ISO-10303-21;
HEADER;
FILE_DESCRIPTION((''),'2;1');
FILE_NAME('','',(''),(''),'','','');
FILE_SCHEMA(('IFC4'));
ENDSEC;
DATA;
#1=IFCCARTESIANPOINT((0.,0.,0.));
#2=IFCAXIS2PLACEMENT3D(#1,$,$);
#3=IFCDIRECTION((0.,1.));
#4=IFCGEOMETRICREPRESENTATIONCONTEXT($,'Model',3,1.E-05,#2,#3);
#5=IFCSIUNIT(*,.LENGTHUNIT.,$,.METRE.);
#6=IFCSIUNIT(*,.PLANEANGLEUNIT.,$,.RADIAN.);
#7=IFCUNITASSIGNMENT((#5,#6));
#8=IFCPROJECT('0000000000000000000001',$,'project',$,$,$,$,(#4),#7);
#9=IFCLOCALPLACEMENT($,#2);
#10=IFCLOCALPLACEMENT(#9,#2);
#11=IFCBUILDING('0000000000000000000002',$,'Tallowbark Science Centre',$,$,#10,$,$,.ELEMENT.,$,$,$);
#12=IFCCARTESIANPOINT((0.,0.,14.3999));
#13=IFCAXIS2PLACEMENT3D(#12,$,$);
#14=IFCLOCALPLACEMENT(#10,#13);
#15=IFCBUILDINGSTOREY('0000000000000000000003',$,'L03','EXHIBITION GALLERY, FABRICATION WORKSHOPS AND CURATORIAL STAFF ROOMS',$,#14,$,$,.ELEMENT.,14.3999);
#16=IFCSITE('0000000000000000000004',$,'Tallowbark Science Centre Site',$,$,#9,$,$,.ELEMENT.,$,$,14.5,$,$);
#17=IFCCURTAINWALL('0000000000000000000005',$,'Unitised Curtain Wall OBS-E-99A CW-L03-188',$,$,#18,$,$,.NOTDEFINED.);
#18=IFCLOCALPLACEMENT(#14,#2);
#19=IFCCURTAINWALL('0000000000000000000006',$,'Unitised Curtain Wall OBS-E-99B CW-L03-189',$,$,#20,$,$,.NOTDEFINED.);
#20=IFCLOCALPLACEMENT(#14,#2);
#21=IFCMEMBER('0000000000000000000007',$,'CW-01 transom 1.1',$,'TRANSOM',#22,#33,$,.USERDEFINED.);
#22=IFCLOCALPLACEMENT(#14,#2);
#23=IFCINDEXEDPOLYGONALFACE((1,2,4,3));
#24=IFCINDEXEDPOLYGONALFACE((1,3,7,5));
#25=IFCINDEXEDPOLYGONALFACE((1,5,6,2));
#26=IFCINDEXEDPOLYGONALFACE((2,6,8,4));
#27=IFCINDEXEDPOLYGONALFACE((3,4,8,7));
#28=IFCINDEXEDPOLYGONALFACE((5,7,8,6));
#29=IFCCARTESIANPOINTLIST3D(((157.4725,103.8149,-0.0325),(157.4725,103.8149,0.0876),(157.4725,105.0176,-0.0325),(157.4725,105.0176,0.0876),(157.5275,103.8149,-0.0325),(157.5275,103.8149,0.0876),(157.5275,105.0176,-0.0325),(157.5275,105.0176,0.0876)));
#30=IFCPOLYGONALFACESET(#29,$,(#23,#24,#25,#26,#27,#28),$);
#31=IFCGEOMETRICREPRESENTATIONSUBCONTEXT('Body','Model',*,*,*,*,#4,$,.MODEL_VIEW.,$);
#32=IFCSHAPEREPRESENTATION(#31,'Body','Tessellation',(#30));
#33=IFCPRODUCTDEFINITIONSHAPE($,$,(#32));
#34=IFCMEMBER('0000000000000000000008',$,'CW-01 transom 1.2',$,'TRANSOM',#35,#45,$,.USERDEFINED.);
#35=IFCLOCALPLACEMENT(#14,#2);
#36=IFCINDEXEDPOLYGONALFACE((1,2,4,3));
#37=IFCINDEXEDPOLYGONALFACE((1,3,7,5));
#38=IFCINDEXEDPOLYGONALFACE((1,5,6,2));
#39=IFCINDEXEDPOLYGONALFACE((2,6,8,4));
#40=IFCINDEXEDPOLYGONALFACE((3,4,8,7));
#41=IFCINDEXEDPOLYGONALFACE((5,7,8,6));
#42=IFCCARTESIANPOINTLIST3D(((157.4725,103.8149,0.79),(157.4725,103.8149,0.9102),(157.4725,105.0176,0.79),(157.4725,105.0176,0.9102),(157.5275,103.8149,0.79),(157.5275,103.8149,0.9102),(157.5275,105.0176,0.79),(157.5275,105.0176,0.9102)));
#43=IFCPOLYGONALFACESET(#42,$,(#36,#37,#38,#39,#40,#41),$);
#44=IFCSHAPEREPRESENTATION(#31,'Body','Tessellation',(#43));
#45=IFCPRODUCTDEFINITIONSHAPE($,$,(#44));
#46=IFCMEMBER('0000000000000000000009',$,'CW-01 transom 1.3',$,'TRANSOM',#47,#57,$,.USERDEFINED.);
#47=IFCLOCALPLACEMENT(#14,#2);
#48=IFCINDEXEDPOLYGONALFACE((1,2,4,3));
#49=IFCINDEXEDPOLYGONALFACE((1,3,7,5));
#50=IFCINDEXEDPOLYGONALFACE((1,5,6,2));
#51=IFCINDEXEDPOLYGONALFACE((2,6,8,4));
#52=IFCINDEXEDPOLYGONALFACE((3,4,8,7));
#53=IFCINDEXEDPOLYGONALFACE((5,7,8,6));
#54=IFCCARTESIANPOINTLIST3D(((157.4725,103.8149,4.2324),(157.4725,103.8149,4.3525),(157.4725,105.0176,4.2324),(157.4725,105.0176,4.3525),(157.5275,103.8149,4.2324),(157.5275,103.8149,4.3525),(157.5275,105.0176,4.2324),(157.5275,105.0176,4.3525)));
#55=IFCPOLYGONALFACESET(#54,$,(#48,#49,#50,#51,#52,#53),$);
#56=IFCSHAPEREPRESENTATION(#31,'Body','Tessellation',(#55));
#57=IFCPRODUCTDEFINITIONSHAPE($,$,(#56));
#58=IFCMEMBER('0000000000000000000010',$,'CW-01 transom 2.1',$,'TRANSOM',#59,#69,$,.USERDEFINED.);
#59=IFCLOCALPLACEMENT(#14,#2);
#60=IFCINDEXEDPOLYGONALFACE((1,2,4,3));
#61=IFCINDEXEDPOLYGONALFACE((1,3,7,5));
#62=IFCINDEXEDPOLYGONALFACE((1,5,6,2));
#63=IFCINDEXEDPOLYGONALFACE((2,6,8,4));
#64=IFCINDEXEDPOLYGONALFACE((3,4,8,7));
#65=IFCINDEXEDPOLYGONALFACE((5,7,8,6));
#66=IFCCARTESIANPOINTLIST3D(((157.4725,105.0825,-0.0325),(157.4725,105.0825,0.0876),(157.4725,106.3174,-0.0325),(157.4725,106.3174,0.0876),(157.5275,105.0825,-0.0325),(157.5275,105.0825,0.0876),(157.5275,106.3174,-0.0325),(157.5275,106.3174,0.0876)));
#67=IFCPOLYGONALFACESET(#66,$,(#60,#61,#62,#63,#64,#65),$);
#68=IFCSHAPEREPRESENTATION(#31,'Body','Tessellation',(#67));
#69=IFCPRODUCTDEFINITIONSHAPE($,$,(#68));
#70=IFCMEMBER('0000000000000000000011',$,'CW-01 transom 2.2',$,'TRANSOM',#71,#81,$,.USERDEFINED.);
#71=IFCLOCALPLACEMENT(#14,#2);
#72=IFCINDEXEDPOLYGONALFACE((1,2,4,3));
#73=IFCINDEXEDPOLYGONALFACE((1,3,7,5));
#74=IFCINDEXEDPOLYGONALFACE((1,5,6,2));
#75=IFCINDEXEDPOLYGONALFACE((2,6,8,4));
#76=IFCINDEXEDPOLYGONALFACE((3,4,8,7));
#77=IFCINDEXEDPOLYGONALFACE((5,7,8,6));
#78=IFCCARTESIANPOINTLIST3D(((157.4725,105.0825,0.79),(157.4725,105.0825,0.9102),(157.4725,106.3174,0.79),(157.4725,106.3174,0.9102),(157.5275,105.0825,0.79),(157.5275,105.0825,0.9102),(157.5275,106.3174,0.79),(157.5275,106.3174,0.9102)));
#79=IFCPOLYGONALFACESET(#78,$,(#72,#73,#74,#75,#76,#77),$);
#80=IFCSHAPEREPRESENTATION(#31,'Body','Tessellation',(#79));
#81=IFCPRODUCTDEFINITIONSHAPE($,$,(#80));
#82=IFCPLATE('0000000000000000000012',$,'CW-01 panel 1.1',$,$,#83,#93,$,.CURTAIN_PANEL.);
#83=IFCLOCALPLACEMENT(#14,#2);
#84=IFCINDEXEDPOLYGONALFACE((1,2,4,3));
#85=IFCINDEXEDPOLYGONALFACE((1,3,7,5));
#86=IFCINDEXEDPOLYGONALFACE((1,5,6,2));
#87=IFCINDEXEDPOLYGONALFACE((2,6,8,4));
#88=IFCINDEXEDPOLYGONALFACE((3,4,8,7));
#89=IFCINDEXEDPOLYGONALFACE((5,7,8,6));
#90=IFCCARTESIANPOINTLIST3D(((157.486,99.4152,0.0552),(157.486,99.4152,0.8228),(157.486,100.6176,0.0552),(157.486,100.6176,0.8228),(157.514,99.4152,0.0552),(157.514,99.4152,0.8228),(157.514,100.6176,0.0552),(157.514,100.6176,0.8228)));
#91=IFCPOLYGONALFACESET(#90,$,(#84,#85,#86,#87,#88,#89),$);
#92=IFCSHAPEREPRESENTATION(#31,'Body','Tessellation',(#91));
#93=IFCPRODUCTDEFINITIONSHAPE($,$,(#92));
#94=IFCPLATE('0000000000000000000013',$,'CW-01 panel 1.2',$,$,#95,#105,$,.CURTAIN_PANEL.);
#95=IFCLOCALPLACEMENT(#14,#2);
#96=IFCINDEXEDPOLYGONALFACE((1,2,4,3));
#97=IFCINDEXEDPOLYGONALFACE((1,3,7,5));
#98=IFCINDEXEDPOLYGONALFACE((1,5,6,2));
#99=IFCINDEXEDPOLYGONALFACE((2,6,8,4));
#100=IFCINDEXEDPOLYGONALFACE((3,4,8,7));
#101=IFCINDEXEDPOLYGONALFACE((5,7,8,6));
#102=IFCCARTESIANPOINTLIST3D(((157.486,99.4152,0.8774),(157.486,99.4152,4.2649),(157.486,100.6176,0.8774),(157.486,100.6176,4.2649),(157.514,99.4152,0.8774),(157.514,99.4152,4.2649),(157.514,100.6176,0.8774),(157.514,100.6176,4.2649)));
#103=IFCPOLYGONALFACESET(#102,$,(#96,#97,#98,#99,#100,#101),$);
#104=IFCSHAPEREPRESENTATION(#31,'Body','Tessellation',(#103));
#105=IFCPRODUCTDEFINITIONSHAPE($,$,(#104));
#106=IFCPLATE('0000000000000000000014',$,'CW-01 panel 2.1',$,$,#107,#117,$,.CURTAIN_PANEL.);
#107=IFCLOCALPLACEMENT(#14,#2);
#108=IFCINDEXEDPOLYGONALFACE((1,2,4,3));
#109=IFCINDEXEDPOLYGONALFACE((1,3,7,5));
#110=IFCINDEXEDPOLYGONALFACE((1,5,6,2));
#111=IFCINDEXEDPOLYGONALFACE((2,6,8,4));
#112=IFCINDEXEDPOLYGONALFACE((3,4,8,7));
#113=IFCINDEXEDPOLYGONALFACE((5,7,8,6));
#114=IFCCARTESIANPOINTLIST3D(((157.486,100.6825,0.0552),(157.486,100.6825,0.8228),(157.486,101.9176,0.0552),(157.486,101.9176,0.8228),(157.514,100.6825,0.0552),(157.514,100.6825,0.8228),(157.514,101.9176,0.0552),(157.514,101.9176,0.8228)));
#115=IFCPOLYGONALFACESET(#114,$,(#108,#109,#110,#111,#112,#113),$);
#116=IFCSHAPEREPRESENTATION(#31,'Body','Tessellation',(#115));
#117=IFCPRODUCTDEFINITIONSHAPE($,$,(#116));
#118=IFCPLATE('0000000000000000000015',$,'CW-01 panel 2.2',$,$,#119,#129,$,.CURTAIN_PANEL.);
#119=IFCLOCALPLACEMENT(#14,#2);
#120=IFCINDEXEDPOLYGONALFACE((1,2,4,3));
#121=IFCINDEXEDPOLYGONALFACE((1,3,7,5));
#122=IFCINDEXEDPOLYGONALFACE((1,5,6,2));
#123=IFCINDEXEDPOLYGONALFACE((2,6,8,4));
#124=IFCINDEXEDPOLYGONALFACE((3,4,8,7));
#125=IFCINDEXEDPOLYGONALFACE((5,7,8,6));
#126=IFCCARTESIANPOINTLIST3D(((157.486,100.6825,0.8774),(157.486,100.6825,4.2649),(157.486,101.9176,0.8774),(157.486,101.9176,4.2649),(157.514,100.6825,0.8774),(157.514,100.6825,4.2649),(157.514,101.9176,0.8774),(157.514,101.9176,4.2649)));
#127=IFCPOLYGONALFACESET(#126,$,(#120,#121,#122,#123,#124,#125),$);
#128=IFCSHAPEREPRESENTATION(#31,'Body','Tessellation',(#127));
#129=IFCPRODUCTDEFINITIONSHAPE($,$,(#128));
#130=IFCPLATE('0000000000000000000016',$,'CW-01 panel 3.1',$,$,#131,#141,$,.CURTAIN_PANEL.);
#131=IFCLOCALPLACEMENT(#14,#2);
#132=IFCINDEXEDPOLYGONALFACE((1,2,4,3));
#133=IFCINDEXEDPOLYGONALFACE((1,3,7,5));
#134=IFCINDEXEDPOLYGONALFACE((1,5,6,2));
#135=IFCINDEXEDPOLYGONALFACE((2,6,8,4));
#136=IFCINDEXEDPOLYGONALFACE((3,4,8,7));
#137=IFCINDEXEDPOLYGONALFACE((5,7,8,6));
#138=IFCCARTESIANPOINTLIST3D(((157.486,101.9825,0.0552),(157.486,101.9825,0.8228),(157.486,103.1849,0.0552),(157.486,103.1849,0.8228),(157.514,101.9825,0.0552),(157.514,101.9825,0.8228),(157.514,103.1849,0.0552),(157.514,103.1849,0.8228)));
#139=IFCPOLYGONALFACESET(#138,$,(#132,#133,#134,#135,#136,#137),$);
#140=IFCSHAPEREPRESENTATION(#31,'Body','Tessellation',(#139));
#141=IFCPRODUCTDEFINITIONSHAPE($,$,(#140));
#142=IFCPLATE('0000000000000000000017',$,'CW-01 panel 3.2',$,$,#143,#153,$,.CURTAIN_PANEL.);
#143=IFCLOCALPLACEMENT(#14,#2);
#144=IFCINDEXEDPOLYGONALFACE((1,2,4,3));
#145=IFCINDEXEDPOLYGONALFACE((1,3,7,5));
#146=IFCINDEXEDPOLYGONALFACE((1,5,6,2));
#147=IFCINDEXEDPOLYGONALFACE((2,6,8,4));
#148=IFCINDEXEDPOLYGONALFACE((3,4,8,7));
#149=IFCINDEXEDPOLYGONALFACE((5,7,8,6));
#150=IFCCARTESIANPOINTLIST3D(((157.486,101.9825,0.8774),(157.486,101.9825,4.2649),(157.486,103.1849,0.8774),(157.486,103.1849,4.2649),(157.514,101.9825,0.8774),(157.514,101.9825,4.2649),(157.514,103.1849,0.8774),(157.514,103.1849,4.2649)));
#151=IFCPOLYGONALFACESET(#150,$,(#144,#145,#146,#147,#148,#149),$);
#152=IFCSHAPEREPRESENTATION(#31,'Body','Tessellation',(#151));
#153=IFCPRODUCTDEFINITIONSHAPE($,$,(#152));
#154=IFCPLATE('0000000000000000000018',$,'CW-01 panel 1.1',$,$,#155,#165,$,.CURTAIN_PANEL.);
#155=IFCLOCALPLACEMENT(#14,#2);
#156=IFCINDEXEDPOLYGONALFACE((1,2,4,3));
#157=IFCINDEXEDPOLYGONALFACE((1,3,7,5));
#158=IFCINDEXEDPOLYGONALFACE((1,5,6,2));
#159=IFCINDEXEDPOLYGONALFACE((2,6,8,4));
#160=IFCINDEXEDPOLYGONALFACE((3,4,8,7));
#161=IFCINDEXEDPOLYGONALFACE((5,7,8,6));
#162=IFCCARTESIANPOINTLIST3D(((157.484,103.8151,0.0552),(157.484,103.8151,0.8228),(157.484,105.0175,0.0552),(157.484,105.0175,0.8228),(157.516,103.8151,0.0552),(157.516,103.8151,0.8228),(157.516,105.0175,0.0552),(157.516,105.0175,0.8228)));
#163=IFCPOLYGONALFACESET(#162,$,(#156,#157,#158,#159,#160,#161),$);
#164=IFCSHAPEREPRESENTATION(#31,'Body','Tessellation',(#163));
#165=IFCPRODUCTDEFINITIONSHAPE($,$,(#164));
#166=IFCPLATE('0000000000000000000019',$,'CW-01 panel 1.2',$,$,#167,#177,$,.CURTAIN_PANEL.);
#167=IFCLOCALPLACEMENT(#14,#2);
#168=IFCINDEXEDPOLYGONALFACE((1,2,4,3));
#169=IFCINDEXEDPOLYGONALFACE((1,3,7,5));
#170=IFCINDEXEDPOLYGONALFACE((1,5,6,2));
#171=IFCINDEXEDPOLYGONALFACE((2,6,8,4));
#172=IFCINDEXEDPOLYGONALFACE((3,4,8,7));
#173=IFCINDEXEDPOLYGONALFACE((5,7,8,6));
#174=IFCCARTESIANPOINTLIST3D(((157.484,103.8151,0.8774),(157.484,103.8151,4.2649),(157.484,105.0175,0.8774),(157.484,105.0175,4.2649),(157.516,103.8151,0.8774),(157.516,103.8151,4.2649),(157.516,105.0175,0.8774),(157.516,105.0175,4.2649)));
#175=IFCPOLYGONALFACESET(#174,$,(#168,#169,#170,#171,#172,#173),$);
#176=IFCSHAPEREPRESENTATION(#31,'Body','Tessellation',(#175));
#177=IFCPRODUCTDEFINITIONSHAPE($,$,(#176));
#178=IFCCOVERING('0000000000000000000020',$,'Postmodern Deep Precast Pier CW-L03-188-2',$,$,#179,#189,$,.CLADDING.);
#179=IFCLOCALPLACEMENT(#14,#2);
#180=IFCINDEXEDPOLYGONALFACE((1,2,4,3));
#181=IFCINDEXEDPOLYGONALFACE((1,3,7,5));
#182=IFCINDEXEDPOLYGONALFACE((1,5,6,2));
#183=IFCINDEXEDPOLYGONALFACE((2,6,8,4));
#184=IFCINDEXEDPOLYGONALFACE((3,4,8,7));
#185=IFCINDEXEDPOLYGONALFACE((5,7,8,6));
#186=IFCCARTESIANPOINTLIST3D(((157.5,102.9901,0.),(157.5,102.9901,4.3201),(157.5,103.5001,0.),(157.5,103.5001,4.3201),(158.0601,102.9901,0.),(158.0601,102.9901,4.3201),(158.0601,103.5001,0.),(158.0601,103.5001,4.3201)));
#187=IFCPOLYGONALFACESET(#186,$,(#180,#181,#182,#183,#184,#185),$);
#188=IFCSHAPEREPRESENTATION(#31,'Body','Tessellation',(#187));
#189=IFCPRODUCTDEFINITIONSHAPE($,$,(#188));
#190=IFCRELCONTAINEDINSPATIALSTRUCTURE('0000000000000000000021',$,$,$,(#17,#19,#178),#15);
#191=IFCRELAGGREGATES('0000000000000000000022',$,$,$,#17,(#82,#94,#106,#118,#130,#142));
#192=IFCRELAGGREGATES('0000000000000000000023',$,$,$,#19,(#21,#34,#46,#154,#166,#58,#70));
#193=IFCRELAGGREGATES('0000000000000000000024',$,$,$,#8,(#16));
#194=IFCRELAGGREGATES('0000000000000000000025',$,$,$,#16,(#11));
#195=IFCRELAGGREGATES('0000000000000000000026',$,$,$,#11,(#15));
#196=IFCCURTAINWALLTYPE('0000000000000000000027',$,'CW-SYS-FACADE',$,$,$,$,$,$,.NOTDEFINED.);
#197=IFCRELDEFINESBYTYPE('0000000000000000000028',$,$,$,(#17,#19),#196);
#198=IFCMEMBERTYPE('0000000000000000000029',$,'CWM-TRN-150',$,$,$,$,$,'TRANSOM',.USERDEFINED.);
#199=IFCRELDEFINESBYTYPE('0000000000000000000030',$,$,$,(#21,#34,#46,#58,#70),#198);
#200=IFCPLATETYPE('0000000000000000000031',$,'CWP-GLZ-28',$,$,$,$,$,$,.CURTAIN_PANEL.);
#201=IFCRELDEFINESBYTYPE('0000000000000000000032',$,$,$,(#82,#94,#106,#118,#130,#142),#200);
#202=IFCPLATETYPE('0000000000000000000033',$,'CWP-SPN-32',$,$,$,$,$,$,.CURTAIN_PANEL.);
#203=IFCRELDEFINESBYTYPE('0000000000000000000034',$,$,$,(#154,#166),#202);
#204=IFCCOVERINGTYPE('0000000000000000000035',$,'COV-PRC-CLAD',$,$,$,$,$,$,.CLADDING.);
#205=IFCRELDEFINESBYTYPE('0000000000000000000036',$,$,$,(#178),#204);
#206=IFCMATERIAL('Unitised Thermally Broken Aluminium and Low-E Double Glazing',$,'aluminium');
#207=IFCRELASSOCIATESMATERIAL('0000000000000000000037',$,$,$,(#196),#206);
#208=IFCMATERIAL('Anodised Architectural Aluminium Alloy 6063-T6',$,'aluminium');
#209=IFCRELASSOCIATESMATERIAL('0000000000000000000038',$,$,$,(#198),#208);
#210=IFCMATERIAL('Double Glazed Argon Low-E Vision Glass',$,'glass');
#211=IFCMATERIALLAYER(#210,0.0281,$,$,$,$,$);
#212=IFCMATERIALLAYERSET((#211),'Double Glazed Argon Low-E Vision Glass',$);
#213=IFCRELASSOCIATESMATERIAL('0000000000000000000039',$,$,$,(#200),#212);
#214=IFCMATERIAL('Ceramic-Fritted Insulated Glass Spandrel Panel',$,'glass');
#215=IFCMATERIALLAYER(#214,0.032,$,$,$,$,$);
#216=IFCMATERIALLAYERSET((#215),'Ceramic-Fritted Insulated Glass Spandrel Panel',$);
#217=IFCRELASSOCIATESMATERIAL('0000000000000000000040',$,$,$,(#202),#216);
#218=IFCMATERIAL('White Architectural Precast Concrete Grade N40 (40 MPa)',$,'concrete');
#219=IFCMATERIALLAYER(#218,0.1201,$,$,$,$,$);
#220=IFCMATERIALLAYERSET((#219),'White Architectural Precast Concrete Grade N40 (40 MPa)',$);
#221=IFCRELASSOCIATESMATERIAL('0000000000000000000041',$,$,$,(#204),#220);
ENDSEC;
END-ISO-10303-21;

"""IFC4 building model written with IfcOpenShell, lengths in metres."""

from ifc_helpers import new_model, si_unit, direction, frame, origin, origin_2d, place, context, subcontext, project, spatial, rectangle, extrude, material, layer, layer_set, material_profile, profile_set, type_object, element, aggregate, save


model = new_model("IFC4")

# Units and contexts
model_context = context("Model", 3, precision=1e-05, world=origin(), true_north=direction((0.0, 1.0)))
body_context = subcontext(model_context, "Body", "Model", "MODEL_VIEW")
ifc_project = project(units=[si_unit("LENGTHUNIT", "METRE"), si_unit("PLANEANGLEUNIT", "RADIAN")], contexts=[model_context])

# Site, building, storey
site_placement = place(None, origin())
site = spatial("IfcSite", under=ifc_project, at=site_placement, Name="Tallowbark Science Centre Site", CompositionType="ELEMENT", RefElevation=14.5)
building_placement = place(site_placement, origin())
building = spatial("IfcBuilding", under=site, at=building_placement, Name="Tallowbark Science Centre", CompositionType="ELEMENT")
storey_placement = place(building_placement, frame((0.0, 0.0, 14.3999)))
storey = spatial("IfcBuildingStorey", under=building, at=storey_placement, Name="L03", Description="EXHIBITION GALLERY, FABRICATION WORKSHOPS AND CURATORIAL STAFF ROOMS", CompositionType="ELEMENT", Elevation=14.3999)

# Curtain walls
ifc_material_1 = material(Name="Unitised Thermally Broken Aluminium and Low-E Double Glazing", Category="aluminium")
curtain_wall_type = type_object("IfcCurtainWallType", Name="CW-SYS-FACADE", PredefinedType="NOTDEFINED", material=ifc_material_1)
curtain_wall_1_placement = place(storey_placement, origin())
curtain_wall_1 = element("IfcCurtainWall", 1, at=curtain_wall_1_placement, inside=storey, type_object=curtain_wall_type, Name="Unitised Curtain Wall OBS-E-99A CW-L03-188", PredefinedType="NOTDEFINED")
ifc_material_2 = material(Name="Anodised Architectural Aluminium Alloy 6063-T6", Category="aluminium")
curtain_wall_2_placement = place(storey_placement, origin())
curtain_wall_2 = element("IfcCurtainWall", 2, at=curtain_wall_2_placement, inside=storey, type_object=curtain_wall_type, Name="Unitised Curtain Wall OBS-E-99B CW-L03-189", PredefinedType="NOTDEFINED")

# Members
ifc_material_profile_1 = material_profile(ifc_material_2, rectangle(XDim=0.0549, YDim=0.1201, at=origin_2d()), Name="ALU55x120")
ifc_profile_set_1 = profile_set([ifc_material_profile_1], Name="Anodised Architectural Aluminium Alloy 6063-T6")
member_type_1 = type_object("IfcMemberType", Name="CWM-TRN-150", ElementType="TRANSOM", PredefinedType="USERDEFINED", material=ifc_profile_set_1)
member_1_placement = place(storey_placement, frame((157.5, 103.8149, 0.0276), z_axis=(0.0, 1.0, 0.0), x_axis=(-1.0, 0.0, 0.0)))
member_1 = element("IfcMember", 3, at=member_1_placement, type_object=member_type_1, Name="CW-01 transom 1.1", ObjectType="TRANSOM", PredefinedType="USERDEFINED", context=body_context, shape_type="SweptSolid", body=[
    extrude(rectangle(XDim=0.0549, YDim=0.1201, at=origin_2d()), origin(), (0.0, 0.0, 1.0), 1.2026),
])
member_2_placement = place(storey_placement, frame((157.5, 103.8149, 0.8501), z_axis=(0.0, 1.0, 0.0), x_axis=(-1.0, 0.0, 0.0)))
member_2 = element("IfcMember", 4, at=member_2_placement, type_object=member_type_1, Name="CW-01 transom 1.2", ObjectType="TRANSOM", PredefinedType="USERDEFINED", context=body_context, shape_type="SweptSolid", body=[
    extrude(rectangle(XDim=0.0549, YDim=0.1201, at=origin_2d()), origin(), (0.0, 0.0, 1.0), 1.2026),
])
member_3_placement = place(storey_placement, frame((157.5, 103.8149, 4.2925), z_axis=(0.0, 1.0, 0.0), x_axis=(-1.0, 0.0, 0.0)))
member_3 = element("IfcMember", 5, at=member_3_placement, type_object=member_type_1, Name="CW-01 transom 1.3", ObjectType="TRANSOM", PredefinedType="USERDEFINED", context=body_context, shape_type="SweptSolid", body=[
    extrude(rectangle(XDim=0.0549, YDim=0.1201, at=origin_2d()), origin(), (0.0, 0.0, 1.0), 1.2026),
])
member_4_placement = place(storey_placement, frame((157.5, 105.0825, 0.0276), z_axis=(0.0, 1.0, 0.0), x_axis=(-1.0, 0.0, 0.0)))
member_4 = element("IfcMember", 6, at=member_4_placement, type_object=member_type_1, Name="CW-01 transom 2.1", ObjectType="TRANSOM", PredefinedType="USERDEFINED", context=body_context, shape_type="SweptSolid", body=[
    extrude(rectangle(XDim=0.0549, YDim=0.1201, at=origin_2d()), origin(), (0.0, 0.0, 1.0), 1.2349),
])
member_5_placement = place(storey_placement, frame((157.5, 105.0825, 0.8501), z_axis=(0.0, 1.0, 0.0), x_axis=(-1.0, 0.0, 0.0)))
member_5 = element("IfcMember", 7, at=member_5_placement, type_object=member_type_1, Name="CW-01 transom 2.2", ObjectType="TRANSOM", PredefinedType="USERDEFINED", context=body_context, shape_type="SweptSolid", body=[
    extrude(rectangle(XDim=0.0549, YDim=0.1201, at=origin_2d()), origin(), (0.0, 0.0, 1.0), 1.2349),
])

# Plates
ifc_material_3 = material(Name="Double Glazed Argon Low-E Vision Glass", Category="glass")
ifc_layer_1 = layer(ifc_material_3, 0.0281)
ifc_layer_set_1 = layer_set([ifc_layer_1], Name="Double Glazed Argon Low-E Vision Glass")
plate_type_1 = type_object("IfcPlateType", Name="CWP-GLZ-28", PredefinedType="CURTAIN_PANEL", material=ifc_layer_set_1)
plate_1_placement = place(storey_placement, frame((157.5, 100.0164, 0.0552), z_axis=(0.0, 0.0, 1.0), x_axis=(0.0, 1.0, 0.0)))
plate_1 = element("IfcPlate", 8, at=plate_1_placement, type_object=plate_type_1, Name="CW-01 panel 1.1", PredefinedType="CURTAIN_PANEL", context=body_context, shape_type="SweptSolid", body=[
    extrude(rectangle(XDim=1.2024, YDim=0.0281, at=origin_2d()), origin(), (0.0, 0.0, 1.0), 0.7676),
])
plate_2_placement = place(storey_placement, frame((157.5, 100.0164, 0.8774), z_axis=(0.0, 0.0, 1.0), x_axis=(0.0, 1.0, 0.0)))
plate_2 = element("IfcPlate", 9, at=plate_2_placement, type_object=plate_type_1, Name="CW-01 panel 1.2", PredefinedType="CURTAIN_PANEL", context=body_context, shape_type="SweptSolid", body=[
    extrude(rectangle(XDim=1.2024, YDim=0.0281, at=origin_2d()), origin(), (0.0, 0.0, 1.0), 3.3875),
])
plate_3_placement = place(storey_placement, frame((157.5, 101.3, 0.0552), z_axis=(0.0, 0.0, 1.0), x_axis=(0.0, 1.0, 0.0)))
plate_3 = element("IfcPlate", 10, at=plate_3_placement, type_object=plate_type_1, Name="CW-01 panel 2.1", PredefinedType="CURTAIN_PANEL", context=body_context, shape_type="SweptSolid", body=[
    extrude(rectangle(XDim=1.2351, YDim=0.0281, at=origin_2d()), origin(), (0.0, 0.0, 1.0), 0.7676),
])
plate_4_placement = place(storey_placement, frame((157.5, 101.3, 0.8774), z_axis=(0.0, 0.0, 1.0), x_axis=(0.0, 1.0, 0.0)))
plate_4 = element("IfcPlate", 11, at=plate_4_placement, type_object=plate_type_1, Name="CW-01 panel 2.2", PredefinedType="CURTAIN_PANEL", context=body_context, shape_type="SweptSolid", body=[
    extrude(rectangle(XDim=1.2351, YDim=0.0281, at=origin_2d()), origin(), (0.0, 0.0, 1.0), 3.3875),
])
plate_5_placement = place(storey_placement, frame((157.5, 102.5837, 0.0552), z_axis=(0.0, 0.0, 1.0), x_axis=(0.0, 1.0, 0.0)))
plate_5 = element("IfcPlate", 12, at=plate_5_placement, type_object=plate_type_1, Name="CW-01 panel 3.1", PredefinedType="CURTAIN_PANEL", context=body_context, shape_type="SweptSolid", body=[
    extrude(rectangle(XDim=1.2024, YDim=0.0281, at=origin_2d()), origin(), (0.0, 0.0, 1.0), 0.7676),
])
plate_6_placement = place(storey_placement, frame((157.5, 102.5837, 0.8774), z_axis=(0.0, 0.0, 1.0), x_axis=(0.0, 1.0, 0.0)))
plate_6 = element("IfcPlate", 13, at=plate_6_placement, type_object=plate_type_1, Name="CW-01 panel 3.2", PredefinedType="CURTAIN_PANEL", context=body_context, shape_type="SweptSolid", body=[
    extrude(rectangle(XDim=1.2024, YDim=0.0281, at=origin_2d()), origin(), (0.0, 0.0, 1.0), 3.3875),
])
aggregate(curtain_wall_1, [plate_1, plate_2, plate_3, plate_4, plate_5, plate_6])
ifc_material_4 = material(Name="Ceramic-Fritted Insulated Glass Spandrel Panel", Category="glass")
ifc_layer_2 = layer(ifc_material_4, 0.032)
ifc_layer_set_2 = layer_set([ifc_layer_2], Name="Ceramic-Fritted Insulated Glass Spandrel Panel")
plate_type_2 = type_object("IfcPlateType", Name="CWP-SPN-32", PredefinedType="CURTAIN_PANEL", material=ifc_layer_set_2)
plate_7_placement = place(storey_placement, frame((157.5, 104.4163, 0.0552), z_axis=(0.0, 0.0, 1.0), x_axis=(0.0, 1.0, 0.0)))
plate_7 = element("IfcPlate", 14, at=plate_7_placement, type_object=plate_type_2, Name="CW-01 panel 1.1", PredefinedType="CURTAIN_PANEL", context=body_context, shape_type="SweptSolid", body=[
    extrude(rectangle(XDim=1.2024, YDim=0.032, at=origin_2d()), origin(), (0.0, 0.0, 1.0), 0.7676),
])
plate_8_placement = place(storey_placement, frame((157.5, 104.4163, 0.8774), z_axis=(0.0, 0.0, 1.0), x_axis=(0.0, 1.0, 0.0)))
plate_8 = element("IfcPlate", 15, at=plate_8_placement, type_object=plate_type_2, Name="CW-01 panel 1.2", PredefinedType="CURTAIN_PANEL", context=body_context, shape_type="SweptSolid", body=[
    extrude(rectangle(XDim=1.2024, YDim=0.032, at=origin_2d()), origin(), (0.0, 0.0, 1.0), 3.3875),
])
aggregate(curtain_wall_2, [member_1, member_2, member_3, plate_7, plate_8, member_4, member_5])

# Covering
ifc_material_5 = material(Name="White Architectural Precast Concrete Grade N40 (40 MPa)", Category="concrete")
ifc_layer_3 = layer(ifc_material_5, 0.1201)
ifc_layer_set_3 = layer_set([ifc_layer_3], Name="White Architectural Precast Concrete Grade N40 (40 MPa)")
covering_type_1 = type_object("IfcCoveringType", Name="COV-PRC-CLAD", PredefinedType="CLADDING", material=ifc_layer_set_3)
for number, where, z_axis, x_axis, name in (
    (16, (157.78, 103.2451, 0.0), (0.0, 0.0, 1.0), (0.0, 1.0, 0.0), "Postmodern Deep Precast Pier CW-L03-188-2"),
):
    element("IfcCovering", number, at=place(storey_placement, frame(where, z_axis=z_axis, x_axis=x_axis)), inside=storey, type_object=covering_type_1, Name=name, PredefinedType="CLADDING", context=body_context, shape_type="SweptSolid", body=[
        extrude(rectangle(XDim=0.51, YDim=0.5601, at=origin_2d()), origin(), (0.0, 0.0, 1.0), 4.3201),
    ])

save(model, "model.ifc")
